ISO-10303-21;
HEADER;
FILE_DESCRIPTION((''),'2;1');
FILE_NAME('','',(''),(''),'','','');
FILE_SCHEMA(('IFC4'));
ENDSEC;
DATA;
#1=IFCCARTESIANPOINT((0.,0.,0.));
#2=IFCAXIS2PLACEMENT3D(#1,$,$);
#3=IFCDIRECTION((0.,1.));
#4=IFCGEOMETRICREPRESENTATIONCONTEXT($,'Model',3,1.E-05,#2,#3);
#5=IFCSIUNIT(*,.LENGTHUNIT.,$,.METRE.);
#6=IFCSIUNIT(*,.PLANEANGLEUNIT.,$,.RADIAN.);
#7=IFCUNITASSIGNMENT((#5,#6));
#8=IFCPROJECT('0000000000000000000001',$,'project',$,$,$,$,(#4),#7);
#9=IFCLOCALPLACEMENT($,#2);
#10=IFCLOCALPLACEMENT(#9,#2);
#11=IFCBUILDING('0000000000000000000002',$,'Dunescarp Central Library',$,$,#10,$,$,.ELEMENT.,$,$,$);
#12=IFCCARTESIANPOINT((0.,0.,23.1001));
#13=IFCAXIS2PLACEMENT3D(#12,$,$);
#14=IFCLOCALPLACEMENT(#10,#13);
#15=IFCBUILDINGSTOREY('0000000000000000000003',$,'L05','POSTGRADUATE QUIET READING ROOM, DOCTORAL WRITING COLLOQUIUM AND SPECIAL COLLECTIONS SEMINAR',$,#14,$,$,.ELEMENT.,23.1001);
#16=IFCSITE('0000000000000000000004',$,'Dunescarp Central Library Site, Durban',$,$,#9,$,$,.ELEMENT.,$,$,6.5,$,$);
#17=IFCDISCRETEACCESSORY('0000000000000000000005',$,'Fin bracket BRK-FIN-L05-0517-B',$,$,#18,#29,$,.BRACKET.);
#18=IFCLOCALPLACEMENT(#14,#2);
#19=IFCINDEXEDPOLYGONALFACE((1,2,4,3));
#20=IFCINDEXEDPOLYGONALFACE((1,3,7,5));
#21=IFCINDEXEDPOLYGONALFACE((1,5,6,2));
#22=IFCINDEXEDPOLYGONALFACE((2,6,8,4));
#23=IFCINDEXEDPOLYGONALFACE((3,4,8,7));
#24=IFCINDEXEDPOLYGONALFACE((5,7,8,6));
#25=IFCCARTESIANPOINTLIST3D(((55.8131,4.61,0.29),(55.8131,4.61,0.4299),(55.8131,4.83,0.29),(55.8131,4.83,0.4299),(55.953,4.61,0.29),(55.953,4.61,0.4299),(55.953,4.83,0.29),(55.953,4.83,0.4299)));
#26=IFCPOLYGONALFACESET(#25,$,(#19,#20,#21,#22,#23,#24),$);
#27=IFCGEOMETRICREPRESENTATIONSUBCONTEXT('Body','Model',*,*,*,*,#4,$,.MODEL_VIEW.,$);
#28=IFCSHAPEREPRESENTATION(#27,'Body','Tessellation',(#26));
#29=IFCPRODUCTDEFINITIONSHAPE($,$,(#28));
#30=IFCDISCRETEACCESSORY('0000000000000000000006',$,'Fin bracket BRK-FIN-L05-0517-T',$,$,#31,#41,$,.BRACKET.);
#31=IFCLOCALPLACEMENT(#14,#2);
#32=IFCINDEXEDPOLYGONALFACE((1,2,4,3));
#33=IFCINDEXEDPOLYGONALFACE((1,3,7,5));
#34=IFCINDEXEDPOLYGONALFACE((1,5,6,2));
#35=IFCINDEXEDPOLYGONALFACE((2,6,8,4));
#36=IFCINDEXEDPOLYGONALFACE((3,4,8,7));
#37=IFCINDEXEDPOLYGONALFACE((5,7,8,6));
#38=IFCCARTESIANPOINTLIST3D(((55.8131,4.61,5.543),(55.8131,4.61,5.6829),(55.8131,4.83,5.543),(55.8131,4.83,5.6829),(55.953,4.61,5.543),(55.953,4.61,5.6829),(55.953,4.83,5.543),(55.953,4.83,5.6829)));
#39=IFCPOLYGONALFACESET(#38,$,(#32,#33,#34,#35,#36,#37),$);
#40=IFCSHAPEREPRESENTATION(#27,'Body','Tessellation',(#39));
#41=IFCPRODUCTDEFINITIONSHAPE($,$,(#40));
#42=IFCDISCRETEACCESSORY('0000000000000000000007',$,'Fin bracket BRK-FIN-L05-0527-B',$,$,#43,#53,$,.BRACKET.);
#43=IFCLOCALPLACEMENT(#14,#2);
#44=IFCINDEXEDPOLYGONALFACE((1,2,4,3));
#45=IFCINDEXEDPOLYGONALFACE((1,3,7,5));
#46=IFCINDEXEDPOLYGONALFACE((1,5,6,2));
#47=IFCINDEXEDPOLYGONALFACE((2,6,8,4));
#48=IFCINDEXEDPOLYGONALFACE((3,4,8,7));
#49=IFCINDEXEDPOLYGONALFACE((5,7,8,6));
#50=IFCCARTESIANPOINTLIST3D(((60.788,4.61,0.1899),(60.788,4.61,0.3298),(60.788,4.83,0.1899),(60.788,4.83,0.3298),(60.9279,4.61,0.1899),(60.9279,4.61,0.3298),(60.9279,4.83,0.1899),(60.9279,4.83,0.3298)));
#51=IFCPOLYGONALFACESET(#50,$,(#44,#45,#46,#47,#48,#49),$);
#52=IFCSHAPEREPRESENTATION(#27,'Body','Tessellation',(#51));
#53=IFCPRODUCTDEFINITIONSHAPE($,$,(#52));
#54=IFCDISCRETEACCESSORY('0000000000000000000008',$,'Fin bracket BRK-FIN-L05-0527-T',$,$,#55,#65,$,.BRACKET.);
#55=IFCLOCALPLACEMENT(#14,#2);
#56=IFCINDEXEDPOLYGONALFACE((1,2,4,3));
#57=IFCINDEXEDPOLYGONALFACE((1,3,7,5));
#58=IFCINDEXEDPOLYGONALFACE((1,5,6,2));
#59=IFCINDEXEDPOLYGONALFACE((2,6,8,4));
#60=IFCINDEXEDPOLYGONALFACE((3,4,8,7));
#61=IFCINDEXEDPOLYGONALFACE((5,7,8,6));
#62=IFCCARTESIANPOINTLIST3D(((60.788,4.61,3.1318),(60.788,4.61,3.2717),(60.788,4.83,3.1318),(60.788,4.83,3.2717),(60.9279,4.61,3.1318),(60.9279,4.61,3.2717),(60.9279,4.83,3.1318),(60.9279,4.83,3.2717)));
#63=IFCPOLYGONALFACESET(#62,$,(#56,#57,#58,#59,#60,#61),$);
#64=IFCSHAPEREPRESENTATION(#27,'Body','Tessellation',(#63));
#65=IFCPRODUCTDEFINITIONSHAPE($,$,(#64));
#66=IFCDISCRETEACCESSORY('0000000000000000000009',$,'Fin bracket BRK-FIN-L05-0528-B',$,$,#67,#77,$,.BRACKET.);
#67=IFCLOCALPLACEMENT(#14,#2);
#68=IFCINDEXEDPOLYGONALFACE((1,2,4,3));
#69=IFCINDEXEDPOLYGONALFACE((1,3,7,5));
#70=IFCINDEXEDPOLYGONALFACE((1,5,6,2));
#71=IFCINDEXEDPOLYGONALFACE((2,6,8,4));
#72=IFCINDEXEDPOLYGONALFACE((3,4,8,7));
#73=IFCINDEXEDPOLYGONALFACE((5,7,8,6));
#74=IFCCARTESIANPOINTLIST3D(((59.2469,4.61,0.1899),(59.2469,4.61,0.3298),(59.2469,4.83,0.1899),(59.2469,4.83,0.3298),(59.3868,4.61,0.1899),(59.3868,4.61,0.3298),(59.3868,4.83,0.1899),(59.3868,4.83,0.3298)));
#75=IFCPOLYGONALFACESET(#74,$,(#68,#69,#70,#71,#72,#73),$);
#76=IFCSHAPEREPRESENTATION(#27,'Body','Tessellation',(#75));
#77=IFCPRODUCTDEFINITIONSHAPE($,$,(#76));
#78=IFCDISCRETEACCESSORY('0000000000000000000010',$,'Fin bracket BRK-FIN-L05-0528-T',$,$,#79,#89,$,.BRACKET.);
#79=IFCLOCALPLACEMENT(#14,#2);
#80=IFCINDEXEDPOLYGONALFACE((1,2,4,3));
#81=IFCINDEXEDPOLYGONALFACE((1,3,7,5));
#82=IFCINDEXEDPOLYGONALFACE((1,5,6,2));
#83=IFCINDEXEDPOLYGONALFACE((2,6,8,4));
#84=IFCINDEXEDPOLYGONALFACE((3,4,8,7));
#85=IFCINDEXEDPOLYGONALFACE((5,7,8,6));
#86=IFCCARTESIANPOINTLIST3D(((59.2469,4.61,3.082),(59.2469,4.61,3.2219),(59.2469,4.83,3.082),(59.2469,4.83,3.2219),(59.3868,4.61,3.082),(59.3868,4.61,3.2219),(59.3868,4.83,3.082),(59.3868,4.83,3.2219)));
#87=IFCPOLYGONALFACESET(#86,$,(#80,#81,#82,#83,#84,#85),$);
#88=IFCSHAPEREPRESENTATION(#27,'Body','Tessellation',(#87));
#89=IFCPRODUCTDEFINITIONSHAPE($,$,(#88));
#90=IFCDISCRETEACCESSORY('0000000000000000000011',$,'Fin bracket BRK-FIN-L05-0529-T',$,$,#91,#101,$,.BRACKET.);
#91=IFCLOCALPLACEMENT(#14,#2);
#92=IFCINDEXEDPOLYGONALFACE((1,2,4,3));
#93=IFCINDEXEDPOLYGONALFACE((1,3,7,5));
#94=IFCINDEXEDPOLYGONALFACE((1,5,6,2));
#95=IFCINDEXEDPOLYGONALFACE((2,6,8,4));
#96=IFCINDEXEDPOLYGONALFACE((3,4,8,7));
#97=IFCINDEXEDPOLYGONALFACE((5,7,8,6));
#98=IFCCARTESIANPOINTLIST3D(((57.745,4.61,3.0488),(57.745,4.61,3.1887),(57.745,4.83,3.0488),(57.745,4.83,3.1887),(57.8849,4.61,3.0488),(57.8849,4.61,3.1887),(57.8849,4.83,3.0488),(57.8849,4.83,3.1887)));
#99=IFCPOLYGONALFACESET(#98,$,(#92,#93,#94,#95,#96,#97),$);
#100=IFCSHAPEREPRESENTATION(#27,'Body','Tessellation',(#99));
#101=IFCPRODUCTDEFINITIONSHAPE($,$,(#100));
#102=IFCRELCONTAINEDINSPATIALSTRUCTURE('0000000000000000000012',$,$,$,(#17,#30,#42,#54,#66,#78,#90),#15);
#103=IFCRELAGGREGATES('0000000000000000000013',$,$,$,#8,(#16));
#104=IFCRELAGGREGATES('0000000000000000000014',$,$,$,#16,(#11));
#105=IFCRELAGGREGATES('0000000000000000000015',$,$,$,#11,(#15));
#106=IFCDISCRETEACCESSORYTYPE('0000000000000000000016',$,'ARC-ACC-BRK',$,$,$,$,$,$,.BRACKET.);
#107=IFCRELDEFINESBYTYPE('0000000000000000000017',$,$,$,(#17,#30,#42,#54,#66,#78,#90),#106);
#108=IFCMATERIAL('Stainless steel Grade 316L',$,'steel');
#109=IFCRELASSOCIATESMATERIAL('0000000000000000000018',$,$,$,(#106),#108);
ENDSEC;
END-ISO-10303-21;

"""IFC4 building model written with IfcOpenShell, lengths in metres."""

from ifc_helpers import new_model, si_unit, direction, frame, origin, origin_2d, place, context, subcontext, project, spatial, rectangle, extrude, material, type_object, element, save


model = new_model("IFC4")

# Units and contexts
model_context = context("Model", 3, precision=1e-05, world=origin(), true_north=direction((0.0, 1.0)))
body_context = subcontext(model_context, "Body", "Model", "MODEL_VIEW")
ifc_project = project(units=[si_unit("LENGTHUNIT", "METRE"), si_unit("PLANEANGLEUNIT", "RADIAN")], contexts=[model_context])

# Site, building, storey
site_placement = place(None, origin())
site = spatial("IfcSite", under=ifc_project, at=site_placement, Name="Dunescarp Central Library Site, Durban", CompositionType="ELEMENT", RefElevation=6.5)
building_placement = place(site_placement, origin())
building = spatial("IfcBuilding", under=site, at=building_placement, Name="Dunescarp Central Library", CompositionType="ELEMENT")
storey_placement = place(building_placement, frame((0.0, 0.0, 23.1001)))
storey = spatial("IfcBuildingStorey", under=building, at=storey_placement, Name="L05", Description="POSTGRADUATE QUIET READING ROOM, DOCTORAL WRITING COLLOQUIUM AND SPECIAL COLLECTIONS SEMINAR", CompositionType="ELEMENT", Elevation=23.1001)

# Discrete accessories
ifc_material_1 = material(Name="Stainless steel Grade 316L", Category="steel")
discrete_accessory_type = type_object("IfcDiscreteAccessoryType", Name="ARC-ACC-BRK", PredefinedType="BRACKET", material=ifc_material_1)
for number, where, z_axis, x_axis, name in (
    (1, (55.8831, 4.72, 0.29), (0.0, 0.0, 1.0), (0.0, -1.0, 0.0), "Fin bracket BRK-FIN-L05-0517-B"),
    (2, (55.8831, 4.72, 5.543), (0.0, 0.0, 1.0), (0.0, -1.0, 0.0), "Fin bracket BRK-FIN-L05-0517-T"),
    (3, (60.8579, 4.72, 0.1899), (0.0, 0.0, 1.0), (0.0, -1.0, 0.0), "Fin bracket BRK-FIN-L05-0527-B"),
    (4, (60.8579, 4.72, 3.1318), (0.0, 0.0, 1.0), (0.0, -1.0, 0.0), "Fin bracket BRK-FIN-L05-0527-T"),
    (5, (59.3169, 4.72, 0.1899), (0.0, 0.0, 1.0), (0.0, -1.0, 0.0), "Fin bracket BRK-FIN-L05-0528-B"),
    (6, (59.3169, 4.72, 3.082), (0.0, 0.0, 1.0), (0.0, -1.0, 0.0), "Fin bracket BRK-FIN-L05-0528-T"),
    (7, (57.8149, 4.72, 3.0488), (0.0, 0.0, 1.0), (0.0, -1.0, 0.0), "Fin bracket BRK-FIN-L05-0529-T"),
):
    element("IfcDiscreteAccessory", number, at=place(storey_placement, frame(where, z_axis=z_axis, x_axis=x_axis)), inside=storey, type_object=discrete_accessory_type, Name=name, PredefinedType="BRACKET", context=body_context, shape_type="SweptSolid", body=[
        extrude(rectangle(XDim=0.22, YDim=0.1399, at=origin_2d()), origin(), (0.0, 0.0, 1.0), 0.1399),
    ])

save(model, "model.ifc")
